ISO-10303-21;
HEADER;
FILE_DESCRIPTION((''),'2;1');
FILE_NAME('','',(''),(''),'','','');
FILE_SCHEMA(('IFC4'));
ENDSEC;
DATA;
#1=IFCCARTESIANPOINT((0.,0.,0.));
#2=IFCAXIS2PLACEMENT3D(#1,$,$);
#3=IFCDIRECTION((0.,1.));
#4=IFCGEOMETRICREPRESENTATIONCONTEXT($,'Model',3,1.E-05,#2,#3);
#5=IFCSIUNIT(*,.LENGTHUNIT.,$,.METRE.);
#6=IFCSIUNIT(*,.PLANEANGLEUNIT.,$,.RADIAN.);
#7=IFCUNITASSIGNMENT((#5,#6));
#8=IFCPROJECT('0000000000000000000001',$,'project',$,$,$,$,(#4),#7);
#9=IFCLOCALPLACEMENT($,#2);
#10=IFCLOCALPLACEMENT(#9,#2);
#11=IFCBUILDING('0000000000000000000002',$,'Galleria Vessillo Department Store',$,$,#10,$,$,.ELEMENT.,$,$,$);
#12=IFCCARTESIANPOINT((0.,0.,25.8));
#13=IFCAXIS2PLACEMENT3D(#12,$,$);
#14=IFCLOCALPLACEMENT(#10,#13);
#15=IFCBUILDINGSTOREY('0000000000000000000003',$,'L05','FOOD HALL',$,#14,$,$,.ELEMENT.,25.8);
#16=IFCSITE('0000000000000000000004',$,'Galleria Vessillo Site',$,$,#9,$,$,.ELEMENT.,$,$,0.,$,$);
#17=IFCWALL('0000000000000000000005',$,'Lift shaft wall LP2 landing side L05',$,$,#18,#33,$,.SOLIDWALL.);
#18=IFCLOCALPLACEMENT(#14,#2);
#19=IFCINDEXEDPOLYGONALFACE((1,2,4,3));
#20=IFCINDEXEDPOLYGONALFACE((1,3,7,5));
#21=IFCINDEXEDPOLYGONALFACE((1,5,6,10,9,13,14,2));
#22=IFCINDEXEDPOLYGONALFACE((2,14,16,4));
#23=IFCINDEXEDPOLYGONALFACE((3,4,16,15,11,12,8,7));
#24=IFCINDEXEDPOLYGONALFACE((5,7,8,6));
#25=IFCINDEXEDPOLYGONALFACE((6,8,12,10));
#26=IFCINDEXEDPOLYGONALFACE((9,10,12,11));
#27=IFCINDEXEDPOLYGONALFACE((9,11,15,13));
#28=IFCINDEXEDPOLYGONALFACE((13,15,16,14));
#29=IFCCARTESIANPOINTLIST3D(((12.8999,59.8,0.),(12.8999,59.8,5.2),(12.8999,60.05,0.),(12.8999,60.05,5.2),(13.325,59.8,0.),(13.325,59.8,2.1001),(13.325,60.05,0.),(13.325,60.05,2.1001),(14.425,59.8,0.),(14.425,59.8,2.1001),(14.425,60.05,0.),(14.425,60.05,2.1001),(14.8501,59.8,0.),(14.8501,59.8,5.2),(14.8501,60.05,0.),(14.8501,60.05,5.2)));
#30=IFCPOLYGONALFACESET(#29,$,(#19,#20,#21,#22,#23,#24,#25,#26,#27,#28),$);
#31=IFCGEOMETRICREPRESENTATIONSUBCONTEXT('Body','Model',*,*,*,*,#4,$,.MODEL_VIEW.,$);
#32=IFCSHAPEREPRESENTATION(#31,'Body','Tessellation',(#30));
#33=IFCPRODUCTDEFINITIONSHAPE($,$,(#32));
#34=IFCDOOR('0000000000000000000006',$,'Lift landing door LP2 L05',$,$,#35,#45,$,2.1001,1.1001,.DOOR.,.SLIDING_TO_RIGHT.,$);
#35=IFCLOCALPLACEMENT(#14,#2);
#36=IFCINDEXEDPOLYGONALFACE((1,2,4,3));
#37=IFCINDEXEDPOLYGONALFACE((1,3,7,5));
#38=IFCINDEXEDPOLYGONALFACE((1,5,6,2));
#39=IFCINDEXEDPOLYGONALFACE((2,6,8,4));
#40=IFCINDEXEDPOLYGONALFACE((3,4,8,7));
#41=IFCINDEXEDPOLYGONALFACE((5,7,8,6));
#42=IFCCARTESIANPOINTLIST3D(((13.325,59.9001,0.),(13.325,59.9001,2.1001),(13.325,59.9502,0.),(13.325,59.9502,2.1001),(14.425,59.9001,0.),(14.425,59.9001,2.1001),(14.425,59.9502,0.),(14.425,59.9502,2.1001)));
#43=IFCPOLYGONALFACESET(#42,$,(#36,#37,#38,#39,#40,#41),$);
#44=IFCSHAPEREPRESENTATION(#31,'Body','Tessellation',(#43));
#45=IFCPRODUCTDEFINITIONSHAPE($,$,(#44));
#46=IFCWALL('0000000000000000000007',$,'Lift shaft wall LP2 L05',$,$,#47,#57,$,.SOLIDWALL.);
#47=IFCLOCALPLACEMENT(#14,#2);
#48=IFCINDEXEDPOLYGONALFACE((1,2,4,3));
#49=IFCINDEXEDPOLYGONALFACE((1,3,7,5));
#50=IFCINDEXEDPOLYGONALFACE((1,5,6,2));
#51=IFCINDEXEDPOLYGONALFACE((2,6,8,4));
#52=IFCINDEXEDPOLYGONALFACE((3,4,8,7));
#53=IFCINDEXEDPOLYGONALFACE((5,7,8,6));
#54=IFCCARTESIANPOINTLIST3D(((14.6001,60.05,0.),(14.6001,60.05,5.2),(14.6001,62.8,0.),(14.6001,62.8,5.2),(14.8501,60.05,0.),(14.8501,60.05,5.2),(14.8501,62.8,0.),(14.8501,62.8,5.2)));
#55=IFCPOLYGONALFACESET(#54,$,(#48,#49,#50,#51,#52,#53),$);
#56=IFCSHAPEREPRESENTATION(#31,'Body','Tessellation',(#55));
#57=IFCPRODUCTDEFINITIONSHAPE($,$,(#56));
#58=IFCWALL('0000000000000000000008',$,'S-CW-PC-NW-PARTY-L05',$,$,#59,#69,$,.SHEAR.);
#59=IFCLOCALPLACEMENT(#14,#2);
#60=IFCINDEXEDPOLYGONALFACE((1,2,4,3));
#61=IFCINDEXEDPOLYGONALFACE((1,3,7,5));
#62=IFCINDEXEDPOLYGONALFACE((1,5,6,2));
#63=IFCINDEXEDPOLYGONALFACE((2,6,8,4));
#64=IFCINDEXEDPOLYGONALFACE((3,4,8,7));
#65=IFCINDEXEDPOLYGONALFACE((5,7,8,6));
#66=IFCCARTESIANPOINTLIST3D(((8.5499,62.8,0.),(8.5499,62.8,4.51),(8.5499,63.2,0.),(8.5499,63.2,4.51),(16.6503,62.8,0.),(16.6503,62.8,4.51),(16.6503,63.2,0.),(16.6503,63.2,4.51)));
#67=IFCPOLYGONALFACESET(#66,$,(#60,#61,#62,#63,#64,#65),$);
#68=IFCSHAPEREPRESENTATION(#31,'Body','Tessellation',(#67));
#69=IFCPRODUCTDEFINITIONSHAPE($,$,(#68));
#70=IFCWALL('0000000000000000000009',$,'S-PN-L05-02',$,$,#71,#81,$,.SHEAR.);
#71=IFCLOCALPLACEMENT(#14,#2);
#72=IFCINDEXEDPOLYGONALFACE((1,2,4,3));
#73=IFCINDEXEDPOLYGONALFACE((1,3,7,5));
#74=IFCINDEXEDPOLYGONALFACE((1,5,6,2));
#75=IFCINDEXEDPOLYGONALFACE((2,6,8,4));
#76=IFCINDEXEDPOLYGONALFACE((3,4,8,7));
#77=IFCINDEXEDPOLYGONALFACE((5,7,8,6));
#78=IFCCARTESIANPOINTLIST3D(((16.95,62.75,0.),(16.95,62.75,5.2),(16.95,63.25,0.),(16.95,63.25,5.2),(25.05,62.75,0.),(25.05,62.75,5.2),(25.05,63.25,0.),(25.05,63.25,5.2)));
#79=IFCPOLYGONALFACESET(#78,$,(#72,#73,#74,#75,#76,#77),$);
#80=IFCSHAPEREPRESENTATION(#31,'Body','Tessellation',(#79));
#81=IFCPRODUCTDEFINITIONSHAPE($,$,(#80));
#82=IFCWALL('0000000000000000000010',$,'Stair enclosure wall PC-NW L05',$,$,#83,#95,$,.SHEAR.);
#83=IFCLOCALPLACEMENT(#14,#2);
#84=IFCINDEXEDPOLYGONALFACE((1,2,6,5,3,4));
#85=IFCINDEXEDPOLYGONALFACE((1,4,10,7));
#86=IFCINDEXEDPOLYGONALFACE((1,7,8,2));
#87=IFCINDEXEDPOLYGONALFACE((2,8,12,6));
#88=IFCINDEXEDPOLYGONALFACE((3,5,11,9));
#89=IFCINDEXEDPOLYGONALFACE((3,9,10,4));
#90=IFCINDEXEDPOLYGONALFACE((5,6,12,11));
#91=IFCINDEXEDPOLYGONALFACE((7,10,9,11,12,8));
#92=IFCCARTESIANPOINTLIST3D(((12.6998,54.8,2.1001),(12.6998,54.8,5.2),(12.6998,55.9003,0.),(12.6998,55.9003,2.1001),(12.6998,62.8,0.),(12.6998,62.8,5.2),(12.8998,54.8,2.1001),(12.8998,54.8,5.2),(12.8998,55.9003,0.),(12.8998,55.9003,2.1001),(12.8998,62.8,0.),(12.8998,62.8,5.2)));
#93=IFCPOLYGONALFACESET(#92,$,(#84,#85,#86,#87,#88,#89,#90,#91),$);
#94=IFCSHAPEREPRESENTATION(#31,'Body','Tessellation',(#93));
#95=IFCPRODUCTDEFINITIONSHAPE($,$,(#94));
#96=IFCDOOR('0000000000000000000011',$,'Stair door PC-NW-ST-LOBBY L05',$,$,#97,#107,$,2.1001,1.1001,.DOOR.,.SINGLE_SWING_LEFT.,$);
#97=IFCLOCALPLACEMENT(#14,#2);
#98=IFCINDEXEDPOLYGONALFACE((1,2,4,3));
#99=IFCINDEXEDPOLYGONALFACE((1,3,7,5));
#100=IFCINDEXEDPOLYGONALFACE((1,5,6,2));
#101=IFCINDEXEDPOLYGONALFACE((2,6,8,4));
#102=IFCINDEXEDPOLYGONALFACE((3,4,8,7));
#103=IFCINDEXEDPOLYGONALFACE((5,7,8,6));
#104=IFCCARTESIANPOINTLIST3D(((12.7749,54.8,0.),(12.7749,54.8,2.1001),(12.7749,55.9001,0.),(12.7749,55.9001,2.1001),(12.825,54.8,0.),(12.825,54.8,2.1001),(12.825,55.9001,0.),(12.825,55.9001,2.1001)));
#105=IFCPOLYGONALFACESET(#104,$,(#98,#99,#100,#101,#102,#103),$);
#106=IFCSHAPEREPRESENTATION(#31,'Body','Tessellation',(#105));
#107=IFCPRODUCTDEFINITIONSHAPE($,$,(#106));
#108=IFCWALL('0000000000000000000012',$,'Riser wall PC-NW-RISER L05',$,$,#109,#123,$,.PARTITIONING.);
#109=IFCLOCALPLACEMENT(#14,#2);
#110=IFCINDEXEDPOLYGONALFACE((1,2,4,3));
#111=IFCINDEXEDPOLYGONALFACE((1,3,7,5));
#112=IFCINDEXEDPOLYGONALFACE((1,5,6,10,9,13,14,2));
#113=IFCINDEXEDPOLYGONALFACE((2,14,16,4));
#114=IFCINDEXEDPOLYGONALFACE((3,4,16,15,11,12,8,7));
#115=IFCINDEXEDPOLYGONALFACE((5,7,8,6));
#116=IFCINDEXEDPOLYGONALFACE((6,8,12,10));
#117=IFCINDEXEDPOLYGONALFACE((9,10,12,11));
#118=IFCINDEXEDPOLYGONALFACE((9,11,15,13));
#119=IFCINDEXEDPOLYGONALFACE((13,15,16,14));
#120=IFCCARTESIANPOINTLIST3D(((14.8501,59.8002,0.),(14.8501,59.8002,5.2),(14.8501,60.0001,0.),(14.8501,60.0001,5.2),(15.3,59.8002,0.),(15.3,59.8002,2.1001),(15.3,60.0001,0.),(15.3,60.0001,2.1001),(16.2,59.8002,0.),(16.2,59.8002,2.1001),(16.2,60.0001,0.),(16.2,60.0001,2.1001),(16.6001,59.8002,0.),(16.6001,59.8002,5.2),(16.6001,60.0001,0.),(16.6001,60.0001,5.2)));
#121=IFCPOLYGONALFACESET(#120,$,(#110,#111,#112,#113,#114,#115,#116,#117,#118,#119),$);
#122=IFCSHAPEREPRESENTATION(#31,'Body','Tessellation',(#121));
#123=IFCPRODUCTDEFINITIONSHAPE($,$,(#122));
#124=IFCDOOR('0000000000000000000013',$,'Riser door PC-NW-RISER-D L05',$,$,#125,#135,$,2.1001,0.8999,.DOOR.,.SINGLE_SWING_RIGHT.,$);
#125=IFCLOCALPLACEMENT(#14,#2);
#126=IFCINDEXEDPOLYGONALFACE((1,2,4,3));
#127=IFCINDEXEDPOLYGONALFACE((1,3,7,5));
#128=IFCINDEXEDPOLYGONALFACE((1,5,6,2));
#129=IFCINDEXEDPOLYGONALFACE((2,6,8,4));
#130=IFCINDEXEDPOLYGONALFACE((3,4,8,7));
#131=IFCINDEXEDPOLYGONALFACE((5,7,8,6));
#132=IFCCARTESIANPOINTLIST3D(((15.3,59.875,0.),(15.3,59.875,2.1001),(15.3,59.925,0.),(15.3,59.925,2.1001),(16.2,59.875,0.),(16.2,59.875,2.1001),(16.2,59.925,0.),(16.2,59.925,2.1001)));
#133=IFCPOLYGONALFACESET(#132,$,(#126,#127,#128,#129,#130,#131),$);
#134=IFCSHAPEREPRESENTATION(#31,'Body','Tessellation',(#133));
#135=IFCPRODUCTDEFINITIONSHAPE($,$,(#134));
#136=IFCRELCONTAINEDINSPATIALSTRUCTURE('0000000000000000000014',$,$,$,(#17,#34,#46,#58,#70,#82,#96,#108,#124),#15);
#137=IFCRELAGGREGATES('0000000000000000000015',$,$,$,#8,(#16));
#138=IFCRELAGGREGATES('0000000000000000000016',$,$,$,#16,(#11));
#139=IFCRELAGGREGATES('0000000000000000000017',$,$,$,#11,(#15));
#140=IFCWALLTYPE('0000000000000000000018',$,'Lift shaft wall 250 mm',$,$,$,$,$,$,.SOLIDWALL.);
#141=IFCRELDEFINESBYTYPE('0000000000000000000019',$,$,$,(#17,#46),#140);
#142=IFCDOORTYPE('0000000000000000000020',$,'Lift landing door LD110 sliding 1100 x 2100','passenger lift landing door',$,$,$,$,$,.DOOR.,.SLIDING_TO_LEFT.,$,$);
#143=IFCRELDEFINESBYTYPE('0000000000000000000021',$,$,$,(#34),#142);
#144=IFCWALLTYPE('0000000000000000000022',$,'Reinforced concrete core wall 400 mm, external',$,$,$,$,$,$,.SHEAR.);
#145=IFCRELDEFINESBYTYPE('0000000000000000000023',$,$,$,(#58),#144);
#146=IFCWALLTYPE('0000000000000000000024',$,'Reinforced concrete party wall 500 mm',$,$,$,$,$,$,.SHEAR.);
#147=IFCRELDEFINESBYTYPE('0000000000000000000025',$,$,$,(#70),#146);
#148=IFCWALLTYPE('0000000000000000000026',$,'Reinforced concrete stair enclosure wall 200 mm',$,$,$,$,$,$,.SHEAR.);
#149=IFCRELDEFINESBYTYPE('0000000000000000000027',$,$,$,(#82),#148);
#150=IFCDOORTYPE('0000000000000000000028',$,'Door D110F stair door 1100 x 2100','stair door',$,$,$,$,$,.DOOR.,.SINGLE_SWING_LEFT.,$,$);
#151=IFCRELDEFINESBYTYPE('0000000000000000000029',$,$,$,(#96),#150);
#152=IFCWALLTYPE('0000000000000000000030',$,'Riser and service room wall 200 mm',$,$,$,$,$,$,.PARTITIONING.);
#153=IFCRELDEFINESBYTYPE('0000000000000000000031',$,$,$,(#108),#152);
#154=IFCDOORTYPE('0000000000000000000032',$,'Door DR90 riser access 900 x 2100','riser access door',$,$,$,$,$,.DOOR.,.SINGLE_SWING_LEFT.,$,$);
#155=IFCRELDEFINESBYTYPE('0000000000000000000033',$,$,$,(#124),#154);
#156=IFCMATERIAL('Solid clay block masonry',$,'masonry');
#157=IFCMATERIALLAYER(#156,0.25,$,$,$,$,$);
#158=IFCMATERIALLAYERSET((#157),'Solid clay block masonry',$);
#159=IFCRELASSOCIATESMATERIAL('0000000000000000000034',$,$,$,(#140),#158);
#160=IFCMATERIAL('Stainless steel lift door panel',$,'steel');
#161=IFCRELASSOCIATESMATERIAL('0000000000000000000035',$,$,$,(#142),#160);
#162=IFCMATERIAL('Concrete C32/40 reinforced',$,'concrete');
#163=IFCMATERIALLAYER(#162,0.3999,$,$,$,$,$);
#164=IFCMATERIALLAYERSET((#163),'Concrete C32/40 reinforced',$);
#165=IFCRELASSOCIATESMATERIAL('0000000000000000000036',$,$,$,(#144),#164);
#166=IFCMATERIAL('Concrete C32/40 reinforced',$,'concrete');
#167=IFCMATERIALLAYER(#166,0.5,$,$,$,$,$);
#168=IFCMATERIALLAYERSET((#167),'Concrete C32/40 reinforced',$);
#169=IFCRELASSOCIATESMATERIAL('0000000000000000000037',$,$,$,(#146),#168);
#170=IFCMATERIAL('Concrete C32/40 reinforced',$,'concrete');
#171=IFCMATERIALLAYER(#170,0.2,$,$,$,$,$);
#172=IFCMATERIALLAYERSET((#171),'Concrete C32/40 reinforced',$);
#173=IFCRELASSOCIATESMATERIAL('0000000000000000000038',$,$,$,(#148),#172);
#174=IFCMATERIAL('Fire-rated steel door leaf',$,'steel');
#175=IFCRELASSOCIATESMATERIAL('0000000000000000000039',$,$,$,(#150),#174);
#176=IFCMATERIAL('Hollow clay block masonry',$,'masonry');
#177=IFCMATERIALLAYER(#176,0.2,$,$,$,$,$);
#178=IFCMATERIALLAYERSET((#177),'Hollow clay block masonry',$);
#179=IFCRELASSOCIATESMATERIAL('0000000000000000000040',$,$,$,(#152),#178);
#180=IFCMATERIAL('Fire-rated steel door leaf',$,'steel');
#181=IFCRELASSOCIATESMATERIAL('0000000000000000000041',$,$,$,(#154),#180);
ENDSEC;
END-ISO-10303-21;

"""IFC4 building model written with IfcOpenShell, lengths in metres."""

from ifc_helpers import new_model, si_unit, direction, frame, frame_2d, origin, place, context, subcontext, project, spatial, rectangle, extrude, material, layer, layer_set, type_object, element, fill, save


model = new_model("IFC4")

# Units and contexts
model_context = context("Model", 3, precision=1e-05, world=origin(), true_north=direction((0.0, 1.0)))
body_context = subcontext(model_context, "Body", "Model", "MODEL_VIEW")
ifc_project = project(units=[si_unit("LENGTHUNIT", "METRE"), si_unit("PLANEANGLEUNIT", "RADIAN")], contexts=[model_context])

# Site, building, storey
site_placement = place(None, origin())
site = spatial("IfcSite", under=ifc_project, at=site_placement, Name="Galleria Vessillo Site", CompositionType="ELEMENT", RefElevation=0.0)
building_placement = place(site_placement, origin())
building = spatial("IfcBuilding", under=site, at=building_placement, Name="Galleria Vessillo Department Store", CompositionType="ELEMENT")
storey_placement = place(building_placement, frame((0.0, 0.0, 25.8)))
storey = spatial("IfcBuildingStorey", under=building, at=storey_placement, Name="L05", Description="FOOD HALL", CompositionType="ELEMENT", Elevation=25.8)

# Wall, opening, door
ifc_material_1 = material(Name="Solid clay block masonry", Category="masonry")
ifc_layer_1 = layer(ifc_material_1, 0.25)
ifc_layer_set_1 = layer_set([ifc_layer_1], Name="Solid clay block masonry")
wall_type_1 = type_object("IfcWallType", Name="Lift shaft wall 250 mm", PredefinedType="SOLIDWALL", material=ifc_layer_set_1)
wall_1_placement = place(storey_placement, frame((12.8999, 59.925, 0.0), z_axis=(0.0, 0.0, 1.0), x_axis=(1.0, 0.0, 0.0)))
wall_1 = element("IfcWall", 1, at=wall_1_placement, inside=storey, type_object=wall_type_1, Name="Lift shaft wall LP2 landing side L05", PredefinedType="SOLIDWALL", context=body_context, shape_type="SweptSolid", body=[
    extrude(rectangle(XDim=1.9502, YDim=0.25, at=frame_2d((0.9751, 0.0))), origin(), (0.0, 0.0, 1.0), 5.2),
])
opening_1_placement = place(wall_1_placement, frame((0.425, 0.0, 0.0)))
opening_1 = element("IfcOpeningElement", 2, at=opening_1_placement, cuts=wall_1, PredefinedType="OPENING", context=body_context, shape_type="SweptSolid", body=[
    extrude(rectangle(XDim=1.1001, YDim=2.1001, at=frame_2d((0.55, 1.05))), frame((0.0, 0.135, 0.0), z_axis=(0.0, -1.0, 0.0), x_axis=(1.0, 0.0, 0.0)), (0.0, 0.0, 1.0), 0.27),
])
ifc_material_2 = material(Name="Stainless steel lift door panel", Category="steel")
door_type_1 = type_object("IfcDoorType", Name="Lift landing door LD110 sliding 1100 x 2100", Description="passenger lift landing door", OperationType="SLIDING_TO_LEFT", PredefinedType="DOOR", material=ifc_material_2)
door_1_placement = place(opening_1_placement, frame((1.1001, 0.0, 0.0), z_axis=(0.0, 0.0, 1.0), x_axis=(-1.0, 0.0, 0.0)))
door_1 = element("IfcDoor", 3, at=door_1_placement, inside=storey, type_object=door_type_1, Name="Lift landing door LP2 L05", OperationType="SLIDING_TO_RIGHT", OverallHeight=2.1001, OverallWidth=1.1001, PredefinedType="DOOR", context=body_context, shape_type="SweptSolid", body=[
    extrude(rectangle(XDim=1.1001, YDim=2.1001, at=frame_2d((0.55, 1.05))), frame((0.0, 0.0249, 0.0), z_axis=(0.0, -1.0, 0.0), x_axis=(1.0, 0.0, 0.0)), (0.0, 0.0, 1.0), 0.05),
])
fill(opening_1, door_1)

# Walls
wall_2_placement = place(storey_placement, frame((14.7251, 62.8, 0.0), z_axis=(0.0, 0.0, 1.0), x_axis=(0.0, -1.0, 0.0)))
element("IfcWall", 4, at=wall_2_placement, inside=storey, type_object=wall_type_1, Name="Lift shaft wall LP2 L05", PredefinedType="SOLIDWALL", context=body_context, shape_type="SweptSolid", body=[
    extrude(rectangle(XDim=2.75, YDim=0.25, at=frame_2d((1.375, 0.0))), origin(), (0.0, 0.0, 1.0), 5.2),
])
ifc_material_3 = material(Name="Concrete C32/40 reinforced", Category="concrete")
ifc_layer_2 = layer(ifc_material_3, 0.3999)
ifc_layer_set_2 = layer_set([ifc_layer_2], Name="Concrete C32/40 reinforced")
wall_type_2 = type_object("IfcWallType", Name="Reinforced concrete core wall 400 mm, external", PredefinedType="SHEAR", material=ifc_layer_set_2)
wall_3_placement = place(storey_placement, frame((8.5498, 63.0, 0.0), z_axis=(0.0, 0.0, 1.0), x_axis=(1.0, 0.0, 0.0)))
element("IfcWall", 5, at=wall_3_placement, inside=storey, type_object=wall_type_2, Name="S-CW-PC-NW-PARTY-L05", PredefinedType="SHEAR", context=body_context, shape_type="SweptSolid", body=[
    extrude(rectangle(XDim=8.1003, YDim=0.3999, at=frame_2d((4.0503, 0.0))), origin(), (0.0, 0.0, 1.0), 4.51),
])
ifc_material_4 = material(Name="Concrete C32/40 reinforced", Category="concrete")
ifc_layer_3 = layer(ifc_material_4, 0.5)
ifc_layer_set_3 = layer_set([ifc_layer_3], Name="Concrete C32/40 reinforced")
wall_type_3 = type_object("IfcWallType", Name="Reinforced concrete party wall 500 mm", PredefinedType="SHEAR", material=ifc_layer_set_3)
wall_4_placement = place(storey_placement, frame((16.95, 63.0, 0.0), z_axis=(0.0, 0.0, 1.0), x_axis=(1.0, 0.0, 0.0)))
element("IfcWall", 6, at=wall_4_placement, inside=storey, type_object=wall_type_3, Name="S-PN-L05-02", PredefinedType="SHEAR", context=body_context, shape_type="SweptSolid", body=[
    extrude(rectangle(XDim=8.1001, YDim=0.5, at=frame_2d((4.05, 0.0))), origin(), (0.0, 0.0, 1.0), 5.2),
])

# Walls, openings, doors
ifc_material_5 = material(Name="Concrete C32/40 reinforced", Category="concrete")
ifc_layer_4 = layer(ifc_material_5, 0.2)
ifc_layer_set_4 = layer_set([ifc_layer_4], Name="Concrete C32/40 reinforced")
wall_type_4 = type_object("IfcWallType", Name="Reinforced concrete stair enclosure wall 200 mm", PredefinedType="SHEAR", material=ifc_layer_set_4)
wall_5_placement = place(storey_placement, frame((12.7998, 62.8, 0.0), z_axis=(0.0, 0.0, 1.0), x_axis=(0.0, -1.0, 0.0)))
wall_5 = element("IfcWall", 7, at=wall_5_placement, inside=storey, type_object=wall_type_4, Name="Stair enclosure wall PC-NW L05", PredefinedType="SHEAR", context=body_context, shape_type="SweptSolid", body=[
    extrude(rectangle(XDim=8.0, YDim=0.2, at=frame_2d((4.0, 0.0))), origin(), (0.0, 0.0, 1.0), 5.2),
])
opening_2_placement = place(wall_5_placement, frame((6.8999, 0.0, 0.0)))
opening_2 = element("IfcOpeningElement", 8, at=opening_2_placement, cuts=wall_5, PredefinedType="OPENING", context=body_context, shape_type="SweptSolid", body=[
    extrude(rectangle(XDim=1.1101, YDim=2.1001, at=frame_2d((0.5549, 1.05))), frame((0.0, 0.1099, 0.0), z_axis=(0.0, -1.0, 0.0), x_axis=(1.0, 0.0, 0.0)), (0.0, 0.0, 1.0), 0.22),
])
ifc_material_6 = material(Name="Fire-rated steel door leaf", Category="steel")
door_type_2 = type_object("IfcDoorType", Name="Door D110F stair door 1100 x 2100", Description="stair door", OperationType="SINGLE_SWING_LEFT", PredefinedType="DOOR", material=ifc_material_6)
door_2_placement = place(opening_2_placement, frame((1.1001, 0.0, 0.0), z_axis=(0.0, 0.0, 1.0), x_axis=(-1.0, 0.0, 0.0)))
door_2 = element("IfcDoor", 9, at=door_2_placement, inside=storey, type_object=door_type_2, Name="Stair door PC-NW-ST-LOBBY L05", OperationType="SINGLE_SWING_LEFT", OverallHeight=2.1001, OverallWidth=1.1001, PredefinedType="DOOR", context=body_context, shape_type="SweptSolid", body=[
    extrude(rectangle(XDim=1.1001, YDim=2.1001, at=frame_2d((0.55, 1.05))), frame((0.0, 0.0249, 0.0), z_axis=(0.0, -1.0, 0.0), x_axis=(1.0, 0.0, 0.0)), (0.0, 0.0, 1.0), 0.05),
])
fill(opening_2, door_2)
ifc_material_7 = material(Name="Hollow clay block masonry", Category="masonry")
ifc_layer_5 = layer(ifc_material_7, 0.2)
ifc_layer_set_5 = layer_set([ifc_layer_5], Name="Hollow clay block masonry")
wall_type_5 = type_object("IfcWallType", Name="Riser and service room wall 200 mm", PredefinedType="PARTITIONING", material=ifc_layer_set_5)
wall_6_placement = place(storey_placement, frame((14.8501, 59.9001, 0.0), z_axis=(0.0, 0.0, 1.0), x_axis=(1.0, 0.0, 0.0)))
wall_6 = element("IfcWall", 10, at=wall_6_placement, inside=storey, type_object=wall_type_5, Name="Riser wall PC-NW-RISER L05", PredefinedType="PARTITIONING", context=body_context, shape_type="SweptSolid", body=[
    extrude(rectangle(XDim=1.75, YDim=0.2, at=frame_2d((0.875, 0.0))), origin(), (0.0, 0.0, 1.0), 5.2),
])
opening_3_placement = place(wall_6_placement, frame((0.45, 0.0, 0.0)))
opening_3 = element("IfcOpeningElement", 11, at=opening_3_placement, cuts=wall_6, PredefinedType="OPENING", context=body_context, shape_type="SweptSolid", body=[
    extrude(rectangle(XDim=0.8999, YDim=2.1001, at=frame_2d((0.45, 1.05))), frame((0.0, 0.1099, 0.0), z_axis=(0.0, -1.0, 0.0), x_axis=(1.0, 0.0, 0.0)), (0.0, 0.0, 1.0), 0.22),
])
ifc_material_8 = material(Name="Fire-rated steel door leaf", Category="steel")
door_type_3 = type_object("IfcDoorType", Name="Door DR90 riser access 900 x 2100", Description="riser access door", OperationType="SINGLE_SWING_LEFT", PredefinedType="DOOR", material=ifc_material_8)
door_3_placement = place(opening_3_placement, origin())
door_3 = element("IfcDoor", 12, at=door_3_placement, inside=storey, type_object=door_type_3, Name="Riser door PC-NW-RISER-D L05", OperationType="SINGLE_SWING_RIGHT", OverallHeight=2.1001, OverallWidth=0.8999, PredefinedType="DOOR", context=body_context, shape_type="SweptSolid", body=[
    extrude(rectangle(XDim=0.8999, YDim=2.1001, at=frame_2d((0.45, 1.05))), frame((0.0, 0.0249, 0.0), z_axis=(0.0, -1.0, 0.0), x_axis=(1.0, 0.0, 0.0)), (0.0, 0.0, 1.0), 0.05),
])
fill(opening_3, door_3)

save(model, "model.ifc")
